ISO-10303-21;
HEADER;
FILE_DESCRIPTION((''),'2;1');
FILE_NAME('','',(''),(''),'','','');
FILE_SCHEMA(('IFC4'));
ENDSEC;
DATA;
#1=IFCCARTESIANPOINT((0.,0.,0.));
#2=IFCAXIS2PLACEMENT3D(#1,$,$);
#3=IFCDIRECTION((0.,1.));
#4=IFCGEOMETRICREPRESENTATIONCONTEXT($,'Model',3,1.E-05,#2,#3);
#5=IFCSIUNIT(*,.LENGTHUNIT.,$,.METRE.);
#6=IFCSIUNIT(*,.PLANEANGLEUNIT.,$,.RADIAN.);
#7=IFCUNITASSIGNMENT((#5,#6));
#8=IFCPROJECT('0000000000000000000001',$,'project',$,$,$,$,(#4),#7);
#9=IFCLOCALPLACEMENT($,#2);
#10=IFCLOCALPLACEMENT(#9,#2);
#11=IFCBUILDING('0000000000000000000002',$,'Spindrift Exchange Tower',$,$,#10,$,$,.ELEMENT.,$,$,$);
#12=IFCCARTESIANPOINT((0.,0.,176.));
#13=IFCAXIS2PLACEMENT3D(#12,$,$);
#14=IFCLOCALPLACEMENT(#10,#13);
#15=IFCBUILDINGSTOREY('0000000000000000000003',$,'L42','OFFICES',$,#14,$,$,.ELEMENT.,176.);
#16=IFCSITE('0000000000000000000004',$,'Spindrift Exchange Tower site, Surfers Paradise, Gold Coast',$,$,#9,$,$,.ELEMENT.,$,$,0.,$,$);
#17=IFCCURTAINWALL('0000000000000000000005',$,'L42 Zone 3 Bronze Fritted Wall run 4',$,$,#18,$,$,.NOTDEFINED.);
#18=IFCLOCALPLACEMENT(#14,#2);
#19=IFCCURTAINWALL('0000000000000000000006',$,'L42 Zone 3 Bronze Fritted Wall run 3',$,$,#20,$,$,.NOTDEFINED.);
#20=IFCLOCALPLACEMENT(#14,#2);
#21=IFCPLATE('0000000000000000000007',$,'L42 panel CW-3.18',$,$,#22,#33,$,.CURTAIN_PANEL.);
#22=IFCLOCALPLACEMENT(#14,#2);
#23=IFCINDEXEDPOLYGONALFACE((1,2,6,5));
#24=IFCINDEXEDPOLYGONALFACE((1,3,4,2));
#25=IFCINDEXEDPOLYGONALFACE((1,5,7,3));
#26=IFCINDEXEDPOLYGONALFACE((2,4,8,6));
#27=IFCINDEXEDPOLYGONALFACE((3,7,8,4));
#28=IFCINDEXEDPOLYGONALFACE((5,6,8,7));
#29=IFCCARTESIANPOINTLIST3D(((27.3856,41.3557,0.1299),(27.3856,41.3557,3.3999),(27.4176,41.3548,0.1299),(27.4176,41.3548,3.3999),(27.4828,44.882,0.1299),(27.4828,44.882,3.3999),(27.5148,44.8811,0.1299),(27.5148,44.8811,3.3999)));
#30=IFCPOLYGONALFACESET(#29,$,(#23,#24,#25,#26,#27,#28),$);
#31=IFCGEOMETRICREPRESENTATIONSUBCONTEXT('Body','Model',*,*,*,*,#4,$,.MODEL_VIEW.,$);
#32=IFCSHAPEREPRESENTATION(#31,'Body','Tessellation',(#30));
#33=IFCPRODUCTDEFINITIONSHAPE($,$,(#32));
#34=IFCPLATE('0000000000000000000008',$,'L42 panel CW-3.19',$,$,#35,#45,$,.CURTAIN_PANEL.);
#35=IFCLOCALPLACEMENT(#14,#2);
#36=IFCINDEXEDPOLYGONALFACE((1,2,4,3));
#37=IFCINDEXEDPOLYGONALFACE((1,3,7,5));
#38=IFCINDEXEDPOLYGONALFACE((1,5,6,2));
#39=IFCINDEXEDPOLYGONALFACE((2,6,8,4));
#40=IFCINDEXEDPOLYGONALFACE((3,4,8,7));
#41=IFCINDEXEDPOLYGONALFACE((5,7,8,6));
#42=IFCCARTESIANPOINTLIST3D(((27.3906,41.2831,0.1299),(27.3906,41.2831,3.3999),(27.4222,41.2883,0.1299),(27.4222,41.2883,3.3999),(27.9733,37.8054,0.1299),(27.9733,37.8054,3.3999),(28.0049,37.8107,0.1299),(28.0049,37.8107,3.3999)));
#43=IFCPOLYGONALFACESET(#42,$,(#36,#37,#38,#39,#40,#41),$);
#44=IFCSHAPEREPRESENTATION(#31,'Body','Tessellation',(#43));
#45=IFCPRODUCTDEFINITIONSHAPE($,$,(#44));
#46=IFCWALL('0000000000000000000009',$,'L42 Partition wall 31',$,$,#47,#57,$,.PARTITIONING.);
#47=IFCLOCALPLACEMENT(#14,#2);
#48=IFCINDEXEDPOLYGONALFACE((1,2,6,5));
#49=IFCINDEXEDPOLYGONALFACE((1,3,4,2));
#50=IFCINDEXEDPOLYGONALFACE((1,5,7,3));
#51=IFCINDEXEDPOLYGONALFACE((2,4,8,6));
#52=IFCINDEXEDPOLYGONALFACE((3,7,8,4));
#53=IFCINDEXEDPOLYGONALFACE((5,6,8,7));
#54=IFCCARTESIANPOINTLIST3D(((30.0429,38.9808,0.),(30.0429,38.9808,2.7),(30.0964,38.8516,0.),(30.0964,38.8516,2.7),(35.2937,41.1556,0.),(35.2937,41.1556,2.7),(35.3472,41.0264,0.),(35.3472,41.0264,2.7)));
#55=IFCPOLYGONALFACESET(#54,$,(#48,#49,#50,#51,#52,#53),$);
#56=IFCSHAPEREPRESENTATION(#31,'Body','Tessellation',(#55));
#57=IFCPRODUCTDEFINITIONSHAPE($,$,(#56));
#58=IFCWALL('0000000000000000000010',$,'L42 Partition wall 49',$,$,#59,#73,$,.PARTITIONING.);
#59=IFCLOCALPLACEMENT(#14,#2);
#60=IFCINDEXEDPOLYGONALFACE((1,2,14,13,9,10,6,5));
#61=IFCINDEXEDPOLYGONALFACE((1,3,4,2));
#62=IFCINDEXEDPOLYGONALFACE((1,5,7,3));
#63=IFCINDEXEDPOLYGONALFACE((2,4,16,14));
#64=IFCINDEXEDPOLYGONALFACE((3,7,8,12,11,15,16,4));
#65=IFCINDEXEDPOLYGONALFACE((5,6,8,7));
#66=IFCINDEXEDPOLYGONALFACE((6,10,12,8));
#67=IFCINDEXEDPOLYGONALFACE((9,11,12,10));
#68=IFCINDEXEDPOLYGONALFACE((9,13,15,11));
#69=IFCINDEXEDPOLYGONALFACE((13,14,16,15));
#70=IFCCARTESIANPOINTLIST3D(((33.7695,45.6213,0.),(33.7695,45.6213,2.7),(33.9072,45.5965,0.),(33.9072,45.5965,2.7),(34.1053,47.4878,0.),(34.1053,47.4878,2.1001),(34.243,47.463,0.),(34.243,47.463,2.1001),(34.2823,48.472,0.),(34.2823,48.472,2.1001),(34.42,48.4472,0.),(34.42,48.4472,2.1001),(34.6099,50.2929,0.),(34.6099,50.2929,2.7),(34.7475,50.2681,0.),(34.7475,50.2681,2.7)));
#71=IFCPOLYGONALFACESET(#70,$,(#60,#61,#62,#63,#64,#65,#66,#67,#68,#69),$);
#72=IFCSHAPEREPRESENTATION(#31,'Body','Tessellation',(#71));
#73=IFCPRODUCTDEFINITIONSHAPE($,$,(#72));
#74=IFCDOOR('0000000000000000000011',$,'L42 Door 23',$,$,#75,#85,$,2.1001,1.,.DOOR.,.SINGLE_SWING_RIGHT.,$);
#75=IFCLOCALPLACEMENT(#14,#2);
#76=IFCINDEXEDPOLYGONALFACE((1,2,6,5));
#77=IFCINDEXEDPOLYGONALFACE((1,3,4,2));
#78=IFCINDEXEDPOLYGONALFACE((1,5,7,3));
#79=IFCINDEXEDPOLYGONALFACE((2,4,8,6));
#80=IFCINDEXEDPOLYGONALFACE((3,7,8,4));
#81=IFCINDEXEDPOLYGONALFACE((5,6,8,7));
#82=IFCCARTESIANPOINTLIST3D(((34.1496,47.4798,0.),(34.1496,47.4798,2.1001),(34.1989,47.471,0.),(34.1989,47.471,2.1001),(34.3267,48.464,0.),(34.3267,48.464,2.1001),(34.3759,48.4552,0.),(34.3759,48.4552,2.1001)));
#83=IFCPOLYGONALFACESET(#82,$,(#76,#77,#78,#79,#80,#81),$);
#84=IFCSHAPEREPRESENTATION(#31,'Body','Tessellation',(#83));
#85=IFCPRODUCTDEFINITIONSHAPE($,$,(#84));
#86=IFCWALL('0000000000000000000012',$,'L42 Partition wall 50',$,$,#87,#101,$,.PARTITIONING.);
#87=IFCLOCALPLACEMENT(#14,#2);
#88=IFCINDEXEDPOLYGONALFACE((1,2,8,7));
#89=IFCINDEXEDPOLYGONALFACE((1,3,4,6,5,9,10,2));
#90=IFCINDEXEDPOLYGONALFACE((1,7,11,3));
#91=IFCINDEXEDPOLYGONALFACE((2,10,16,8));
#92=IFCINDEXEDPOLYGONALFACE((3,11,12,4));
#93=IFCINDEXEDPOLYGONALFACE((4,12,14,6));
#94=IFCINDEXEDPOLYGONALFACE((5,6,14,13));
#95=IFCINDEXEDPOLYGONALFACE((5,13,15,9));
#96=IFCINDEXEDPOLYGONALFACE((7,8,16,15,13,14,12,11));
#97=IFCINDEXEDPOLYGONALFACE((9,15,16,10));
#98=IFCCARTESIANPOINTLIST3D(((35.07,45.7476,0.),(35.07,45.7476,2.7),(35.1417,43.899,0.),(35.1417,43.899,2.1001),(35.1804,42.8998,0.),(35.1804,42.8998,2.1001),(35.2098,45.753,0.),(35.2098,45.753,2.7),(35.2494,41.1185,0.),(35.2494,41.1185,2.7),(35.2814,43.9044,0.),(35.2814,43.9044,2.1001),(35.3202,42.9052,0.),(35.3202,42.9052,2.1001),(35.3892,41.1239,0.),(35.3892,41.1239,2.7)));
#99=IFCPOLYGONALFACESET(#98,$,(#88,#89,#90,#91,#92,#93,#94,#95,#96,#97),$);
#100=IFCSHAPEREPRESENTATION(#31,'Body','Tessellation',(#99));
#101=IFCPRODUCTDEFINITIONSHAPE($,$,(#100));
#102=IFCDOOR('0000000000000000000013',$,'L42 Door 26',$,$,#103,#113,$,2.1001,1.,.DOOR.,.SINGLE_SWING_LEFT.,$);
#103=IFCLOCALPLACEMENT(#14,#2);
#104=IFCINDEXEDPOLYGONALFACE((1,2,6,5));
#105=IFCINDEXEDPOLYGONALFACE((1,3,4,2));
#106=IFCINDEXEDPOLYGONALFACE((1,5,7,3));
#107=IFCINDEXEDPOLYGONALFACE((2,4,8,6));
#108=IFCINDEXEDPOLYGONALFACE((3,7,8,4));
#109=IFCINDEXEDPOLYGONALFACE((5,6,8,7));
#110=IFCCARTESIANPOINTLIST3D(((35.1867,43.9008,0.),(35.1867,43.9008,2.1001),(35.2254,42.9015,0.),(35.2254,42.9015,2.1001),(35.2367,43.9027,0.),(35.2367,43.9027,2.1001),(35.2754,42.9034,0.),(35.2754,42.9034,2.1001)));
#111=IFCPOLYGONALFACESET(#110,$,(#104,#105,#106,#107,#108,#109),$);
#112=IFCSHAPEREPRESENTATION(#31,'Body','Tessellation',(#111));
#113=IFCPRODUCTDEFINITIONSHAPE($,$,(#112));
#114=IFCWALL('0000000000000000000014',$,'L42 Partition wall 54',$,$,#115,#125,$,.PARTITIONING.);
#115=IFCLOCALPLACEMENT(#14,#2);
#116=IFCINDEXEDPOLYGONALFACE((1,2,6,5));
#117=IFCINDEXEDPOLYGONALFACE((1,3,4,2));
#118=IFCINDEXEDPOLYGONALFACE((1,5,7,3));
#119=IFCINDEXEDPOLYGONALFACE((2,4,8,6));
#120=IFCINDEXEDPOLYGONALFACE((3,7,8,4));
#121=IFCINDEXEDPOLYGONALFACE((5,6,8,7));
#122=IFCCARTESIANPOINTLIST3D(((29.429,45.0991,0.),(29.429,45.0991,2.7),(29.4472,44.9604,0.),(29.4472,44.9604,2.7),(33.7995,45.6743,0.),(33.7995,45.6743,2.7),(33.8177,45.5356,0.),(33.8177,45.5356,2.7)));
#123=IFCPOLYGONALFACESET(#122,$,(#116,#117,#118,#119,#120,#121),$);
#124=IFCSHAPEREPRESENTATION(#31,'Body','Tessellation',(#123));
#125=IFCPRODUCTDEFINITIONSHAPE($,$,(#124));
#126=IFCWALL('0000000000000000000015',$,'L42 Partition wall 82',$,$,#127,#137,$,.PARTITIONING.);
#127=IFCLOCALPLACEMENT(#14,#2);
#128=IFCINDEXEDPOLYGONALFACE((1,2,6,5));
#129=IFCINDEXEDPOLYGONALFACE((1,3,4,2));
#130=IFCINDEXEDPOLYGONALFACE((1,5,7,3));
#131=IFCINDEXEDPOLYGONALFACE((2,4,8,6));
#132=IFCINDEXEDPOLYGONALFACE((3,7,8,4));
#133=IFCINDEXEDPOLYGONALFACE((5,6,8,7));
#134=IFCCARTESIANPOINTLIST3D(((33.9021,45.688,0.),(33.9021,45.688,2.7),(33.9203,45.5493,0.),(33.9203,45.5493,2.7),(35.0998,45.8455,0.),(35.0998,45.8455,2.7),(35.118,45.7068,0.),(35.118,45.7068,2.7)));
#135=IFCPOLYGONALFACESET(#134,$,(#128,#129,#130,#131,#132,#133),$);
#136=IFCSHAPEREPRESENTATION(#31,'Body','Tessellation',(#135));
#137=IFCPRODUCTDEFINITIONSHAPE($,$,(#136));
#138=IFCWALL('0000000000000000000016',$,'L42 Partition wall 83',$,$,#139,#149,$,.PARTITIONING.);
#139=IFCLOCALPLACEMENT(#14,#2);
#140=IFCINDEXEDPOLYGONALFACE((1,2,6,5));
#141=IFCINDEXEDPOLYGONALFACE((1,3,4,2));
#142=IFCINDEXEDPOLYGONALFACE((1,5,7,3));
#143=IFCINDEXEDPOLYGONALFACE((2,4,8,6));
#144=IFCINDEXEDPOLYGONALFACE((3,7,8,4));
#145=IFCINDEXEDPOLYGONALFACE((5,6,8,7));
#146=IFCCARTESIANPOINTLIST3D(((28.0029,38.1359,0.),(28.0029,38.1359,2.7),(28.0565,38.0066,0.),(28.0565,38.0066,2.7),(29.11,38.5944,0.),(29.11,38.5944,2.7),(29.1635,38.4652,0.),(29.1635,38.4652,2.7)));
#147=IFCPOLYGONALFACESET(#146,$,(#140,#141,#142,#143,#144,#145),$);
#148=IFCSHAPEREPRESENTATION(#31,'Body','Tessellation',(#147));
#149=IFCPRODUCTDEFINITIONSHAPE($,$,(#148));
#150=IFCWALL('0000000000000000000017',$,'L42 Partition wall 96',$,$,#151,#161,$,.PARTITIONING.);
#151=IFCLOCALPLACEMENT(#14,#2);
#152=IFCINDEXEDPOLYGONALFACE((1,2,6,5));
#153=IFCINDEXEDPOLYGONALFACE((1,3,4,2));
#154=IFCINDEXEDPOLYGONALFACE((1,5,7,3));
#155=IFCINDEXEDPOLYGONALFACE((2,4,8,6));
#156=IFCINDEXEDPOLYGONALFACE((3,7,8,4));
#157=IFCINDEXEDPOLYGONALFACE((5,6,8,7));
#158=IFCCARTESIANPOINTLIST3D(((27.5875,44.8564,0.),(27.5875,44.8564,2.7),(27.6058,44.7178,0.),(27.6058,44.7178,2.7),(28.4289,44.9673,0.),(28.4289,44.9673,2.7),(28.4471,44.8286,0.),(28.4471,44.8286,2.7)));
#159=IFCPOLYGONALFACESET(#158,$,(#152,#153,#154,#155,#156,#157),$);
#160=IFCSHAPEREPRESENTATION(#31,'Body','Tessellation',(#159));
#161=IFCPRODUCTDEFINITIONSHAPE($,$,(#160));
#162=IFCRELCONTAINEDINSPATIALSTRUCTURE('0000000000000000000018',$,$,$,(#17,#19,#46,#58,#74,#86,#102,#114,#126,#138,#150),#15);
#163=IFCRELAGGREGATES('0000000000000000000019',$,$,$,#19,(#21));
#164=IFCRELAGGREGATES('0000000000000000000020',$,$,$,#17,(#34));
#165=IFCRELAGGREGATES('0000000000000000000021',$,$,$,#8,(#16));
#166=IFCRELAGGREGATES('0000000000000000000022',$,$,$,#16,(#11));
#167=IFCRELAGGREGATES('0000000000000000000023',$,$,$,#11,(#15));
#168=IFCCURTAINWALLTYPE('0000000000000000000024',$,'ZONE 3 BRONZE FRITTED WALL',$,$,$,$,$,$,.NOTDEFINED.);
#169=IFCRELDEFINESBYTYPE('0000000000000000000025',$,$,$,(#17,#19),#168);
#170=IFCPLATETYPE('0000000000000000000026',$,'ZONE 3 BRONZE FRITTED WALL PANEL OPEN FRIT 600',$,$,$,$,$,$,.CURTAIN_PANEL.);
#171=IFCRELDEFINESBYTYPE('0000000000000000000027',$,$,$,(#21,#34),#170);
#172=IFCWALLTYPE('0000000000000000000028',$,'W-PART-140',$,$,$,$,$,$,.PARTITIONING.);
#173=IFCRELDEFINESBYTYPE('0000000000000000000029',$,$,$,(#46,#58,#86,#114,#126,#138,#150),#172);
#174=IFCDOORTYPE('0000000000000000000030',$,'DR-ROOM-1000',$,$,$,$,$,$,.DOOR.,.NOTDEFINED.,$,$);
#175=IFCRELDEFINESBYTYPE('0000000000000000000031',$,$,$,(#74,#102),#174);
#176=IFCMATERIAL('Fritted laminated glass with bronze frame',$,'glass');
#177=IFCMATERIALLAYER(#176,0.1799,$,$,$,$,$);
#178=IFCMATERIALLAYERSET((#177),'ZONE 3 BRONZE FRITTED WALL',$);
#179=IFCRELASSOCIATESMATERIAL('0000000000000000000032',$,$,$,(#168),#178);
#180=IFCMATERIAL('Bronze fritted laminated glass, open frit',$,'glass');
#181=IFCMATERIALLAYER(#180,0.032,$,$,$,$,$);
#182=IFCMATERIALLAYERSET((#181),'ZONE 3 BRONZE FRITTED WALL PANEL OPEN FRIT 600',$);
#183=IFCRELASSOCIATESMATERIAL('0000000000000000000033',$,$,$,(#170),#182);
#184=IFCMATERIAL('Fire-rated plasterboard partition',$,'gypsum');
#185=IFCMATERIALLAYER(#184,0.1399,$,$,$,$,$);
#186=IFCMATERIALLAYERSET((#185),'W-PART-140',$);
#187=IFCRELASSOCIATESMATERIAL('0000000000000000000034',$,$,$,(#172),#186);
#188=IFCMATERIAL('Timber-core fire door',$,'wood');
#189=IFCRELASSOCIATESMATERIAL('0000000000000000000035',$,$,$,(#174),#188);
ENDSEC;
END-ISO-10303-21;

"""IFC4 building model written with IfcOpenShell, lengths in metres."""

from ifc_helpers import new_model, si_unit, direction, frame, frame_2d, origin, origin_2d, place, context, subcontext, project, spatial, rectangle, extrude, source, transform, mapped, material, layer, layer_set, type_object, element, fill, aggregate, save


model = new_model("IFC4")

# Units and contexts
model_context = context("Model", 3, precision=1e-05, world=origin(), true_north=direction((0.0, 1.0)))
body_context = subcontext(model_context, "Body", "Model", "MODEL_VIEW")
ifc_project = project(units=[si_unit("LENGTHUNIT", "METRE"), si_unit("PLANEANGLEUNIT", "RADIAN")], contexts=[model_context])

# Site, building, storey
site_placement = place(None, origin())
site = spatial("IfcSite", under=ifc_project, at=site_placement, Name="Spindrift Exchange Tower site, Surfers Paradise, Gold Coast", CompositionType="ELEMENT", RefElevation=0.0)
building_placement = place(site_placement, origin())
building = spatial("IfcBuilding", under=site, at=building_placement, Name="Spindrift Exchange Tower", CompositionType="ELEMENT")
storey_placement = place(building_placement, frame((0.0, 0.0, 176.0)))
storey = spatial("IfcBuildingStorey", under=building, at=storey_placement, Name="L42", Description="OFFICES", CompositionType="ELEMENT", Elevation=176.0)

# Curtain walls
ifc_material_1 = material(Name="Fritted laminated glass with bronze frame", Category="glass")
ifc_layer_1 = layer(ifc_material_1, 0.1799)
ifc_layer_set_1 = layer_set([ifc_layer_1], Name="ZONE 3 BRONZE FRITTED WALL")
curtain_wall_type = type_object("IfcCurtainWallType", Name="ZONE 3 BRONZE FRITTED WALL", PredefinedType="NOTDEFINED", material=ifc_layer_set_1)
curtain_wall_1_placement = place(storey_placement, origin())
curtain_wall_1 = element("IfcCurtainWall", 1, at=curtain_wall_1_placement, inside=storey, type_object=curtain_wall_type, Name="L42 Zone 3 Bronze Fritted Wall run 4", PredefinedType="NOTDEFINED")
curtain_wall_2_placement = place(storey_placement, origin())
curtain_wall_2 = element("IfcCurtainWall", 2, at=curtain_wall_2_placement, inside=storey, type_object=curtain_wall_type, Name="L42 Zone 3 Bronze Fritted Wall run 3", PredefinedType="NOTDEFINED")

# Plates
ifc_material_2 = material(Name="Bronze fritted laminated glass, open frit", Category="glass")
ifc_layer_2 = layer(ifc_material_2, 0.032)
ifc_layer_set_2 = layer_set([ifc_layer_2], Name="ZONE 3 BRONZE FRITTED WALL PANEL OPEN FRIT 600")
plate_type = type_object("IfcPlateType", Name="ZONE 3 BRONZE FRITTED WALL PANEL OPEN FRIT 600", PredefinedType="CURTAIN_PANEL", material=ifc_layer_set_2)
shared_shape_1 = source(origin(), body_context, "Body", "SweptSolid", [
    extrude(rectangle(XDim=3.5276, YDim=0.032, at=origin_2d()), origin(), (0.0, 0.0, 1.0), 3.27),
])
plate_1_placement = place(storey_placement, frame((27.4502, 43.1184, 0.1299), z_axis=(0.0, 0.0, 1.0), x_axis=(-0.027547, -0.999621, 0.0)))
plate_1 = element("IfcPlate", 3, at=plate_1_placement, type_object=plate_type, Name="L42 panel CW-3.18", PredefinedType="CURTAIN_PANEL", context=body_context, shape_type="MappedRepresentation", body=[
    mapped(shared_shape_1, transform((0.0, 0.0, 0.0), scale=1.0)),
])
aggregate(curtain_wall_2, [plate_1])
shared_shape_2 = source(origin(), body_context, "Body", "SweptSolid", [
    extrude(rectangle(XDim=3.5261, YDim=0.032, at=origin_2d()), origin(), (0.0, 0.0, 1.0), 3.27),
])
plate_2_placement = place(storey_placement, frame((27.6978, 39.5469, 0.1299), z_axis=(0.0, 0.0, 1.0), x_axis=(0.165256, -0.986251, 0.0)))
plate_2 = element("IfcPlate", 4, at=plate_2_placement, type_object=plate_type, Name="L42 panel CW-3.19", PredefinedType="CURTAIN_PANEL", context=body_context, shape_type="MappedRepresentation", body=[
    mapped(shared_shape_2, transform((0.0, 0.0, 0.0), scale=1.0)),
])
aggregate(curtain_wall_1, [plate_2])

# Wall
ifc_material_3 = material(Name="Fire-rated plasterboard partition", Category="gypsum")
ifc_layer_3 = layer(ifc_material_3, 0.1399)
ifc_layer_set_3 = layer_set([ifc_layer_3], Name="W-PART-140")
wall_type = type_object("IfcWallType", Name="W-PART-140", PredefinedType="PARTITIONING", material=ifc_layer_set_3)
wall_1_placement = place(storey_placement, frame((35.3206, 41.0911, 0.0), z_axis=(0.0, 0.0, 1.0), x_axis=(-0.923887, -0.382665, 0.0)))
element("IfcWall", 5, at=wall_1_placement, inside=storey, type_object=wall_type, Name="L42 Partition wall 31", PredefinedType="PARTITIONING", context=body_context, shape_type="SweptSolid", body=[
    extrude(rectangle(XDim=5.6833, YDim=0.1399, at=frame_2d((2.8418, 0.0))), origin(), (0.0, 0.0, 1.0), 2.7),
])

# Walls, openings, doors
wall_2_placement = place(storey_placement, frame((33.8384, 45.6089, 0.0), z_axis=(0.0, 0.0, 1.0), x_axis=(0.177038, 0.984204, 0.0)))
wall_2 = element("IfcWall", 6, at=wall_2_placement, inside=storey, type_object=wall_type, Name="L42 Partition wall 49", PredefinedType="PARTITIONING", context=body_context, shape_type="SweptSolid", body=[
    extrude(rectangle(XDim=4.7466, YDim=0.1399, at=frame_2d((2.3733, 0.0))), origin(), (0.0, 0.0, 1.0), 2.7),
])
opening_1_placement = place(wall_2_placement, frame((1.8965, 0.0, 0.0)))
opening_1 = element("IfcOpeningElement", 7, at=opening_1_placement, cuts=wall_2, PredefinedType="OPENING", context=body_context, shape_type="SweptSolid", body=[
    extrude(rectangle(XDim=1.0, YDim=2.1001, at=frame_2d((0.5, 1.05))), frame((0.0, 0.0798, 0.0), z_axis=(0.0, -1.0, 0.0), x_axis=(1.0, 0.0, 0.0)), (0.0, 0.0, 1.0), 0.1599),
])
ifc_material_4 = material(Name="Timber-core fire door", Category="wood")
door_type = type_object("IfcDoorType", Name="DR-ROOM-1000", OperationType="NOTDEFINED", PredefinedType="DOOR", material=ifc_material_4)
shared_shape_3 = source(origin(), body_context, "Body", "SweptSolid", [
    extrude(rectangle(XDim=1.0, YDim=2.1001, at=frame_2d((0.5, 1.05))), frame((0.0, 0.0249, 0.0), z_axis=(0.0, -1.0, 0.0), x_axis=(1.0, 0.0, 0.0)), (0.0, 0.0, 1.0), 0.05),
])
door_1_placement = place(opening_1_placement, origin())
door_1 = element("IfcDoor", 8, at=door_1_placement, inside=storey, type_object=door_type, Name="L42 Door 23", OperationType="SINGLE_SWING_RIGHT", OverallHeight=2.1001, OverallWidth=1.0, PredefinedType="DOOR", context=body_context, shape_type="MappedRepresentation", body=[
    mapped(shared_shape_3, transform((0.0, 0.0, 0.0), scale=1.0)),
])
fill(opening_1, door_1)
wall_3_placement = place(storey_placement, frame((35.3193, 41.1211, 0.0), z_axis=(0.0, 0.0, 1.0), x_axis=(-0.038735, 0.99925, 0.0)))
wall_3 = element("IfcWall", 9, at=wall_3_placement, inside=storey, type_object=wall_type, Name="L42 Partition wall 50", PredefinedType="PARTITIONING", context=body_context, shape_type="SweptSolid", body=[
    extrude(rectangle(XDim=4.6326, YDim=0.1399, at=frame_2d((2.3164, 0.0))), origin(), (0.0, 0.0, 1.0), 2.7),
])
opening_2_placement = place(wall_3_placement, frame((1.7827, 0.0, 0.0)))
opening_2 = element("IfcOpeningElement", 10, at=opening_2_placement, cuts=wall_3, PredefinedType="OPENING", context=body_context, shape_type="SweptSolid", body=[
    extrude(rectangle(XDim=1.0, YDim=2.1001, at=frame_2d((0.5, 1.05))), frame((0.0, 0.0798, 0.0), z_axis=(0.0, -1.0, 0.0), x_axis=(1.0, 0.0, 0.0)), (0.0, 0.0, 1.0), 0.1599),
])
door_2_placement = place(opening_2_placement, origin())
door_2 = element("IfcDoor", 11, at=door_2_placement, inside=storey, type_object=door_type, Name="L42 Door 26", OperationType="SINGLE_SWING_LEFT", OverallHeight=2.1001, OverallWidth=1.0, PredefinedType="DOOR", context=body_context, shape_type="MappedRepresentation", body=[
    mapped(shared_shape_3, transform((0.0, 0.0, 0.0), scale=1.0)),
])
fill(opening_2, door_2)

# Walls
wall_4_placement = place(storey_placement, frame((33.8086, 45.605, 0.0), z_axis=(0.0, 0.0, 1.0), x_axis=(-0.991451, -0.13048, 0.0)))
element("IfcWall", 12, at=wall_4_placement, inside=storey, type_object=wall_type, Name="L42 Partition wall 54", PredefinedType="PARTITIONING", context=body_context, shape_type="SweptSolid", body=[
    extrude(rectangle(XDim=4.4082, YDim=0.1399, at=frame_2d((2.2041, 0.0))), origin(), (0.0, 0.0, 1.0), 2.7),
])
wall_5_placement = place(storey_placement, frame((35.1089, 45.7761, 0.0), z_axis=(0.0, 0.0, 1.0), x_axis=(-0.991468, -0.13035, 0.0)))
element("IfcWall", 13, at=wall_5_placement, inside=storey, type_object=wall_type, Name="L42 Partition wall 82", PredefinedType="PARTITIONING", context=body_context, shape_type="SweptSolid", body=[
    extrude(rectangle(XDim=1.208, YDim=0.1399, at=frame_2d((0.604, 0.0))), origin(), (0.0, 0.0, 1.0), 2.7),
])
wall_6_placement = place(storey_placement, frame((29.1367, 38.5298, 0.0), z_axis=(0.0, 0.0, 1.0), x_axis=(-0.923883, -0.382676, 0.0)))
element("IfcWall", 14, at=wall_6_placement, inside=storey, type_object=wall_type, Name="L42 Partition wall 83", PredefinedType="PARTITIONING", context=body_context, shape_type="SweptSolid", body=[
    extrude(rectangle(XDim=1.1982, YDim=0.1399, at=frame_2d((0.5991, 0.0))), origin(), (0.0, 0.0, 1.0), 2.7),
])
wall_7_placement = place(storey_placement, frame((28.438, 44.8979, 0.0), z_axis=(0.0, 0.0, 1.0), x_axis=(-0.991433, -0.130618, 0.0)))
element("IfcWall", 15, at=wall_7_placement, inside=storey, type_object=wall_type, Name="L42 Partition wall 96", PredefinedType="PARTITIONING", context=body_context, shape_type="SweptSolid", body=[
    extrude(rectangle(XDim=0.8486, YDim=0.1399, at=frame_2d((0.4243, 0.0))), origin(), (0.0, 0.0, 1.0), 2.7),
])

save(model, "model.ifc")
